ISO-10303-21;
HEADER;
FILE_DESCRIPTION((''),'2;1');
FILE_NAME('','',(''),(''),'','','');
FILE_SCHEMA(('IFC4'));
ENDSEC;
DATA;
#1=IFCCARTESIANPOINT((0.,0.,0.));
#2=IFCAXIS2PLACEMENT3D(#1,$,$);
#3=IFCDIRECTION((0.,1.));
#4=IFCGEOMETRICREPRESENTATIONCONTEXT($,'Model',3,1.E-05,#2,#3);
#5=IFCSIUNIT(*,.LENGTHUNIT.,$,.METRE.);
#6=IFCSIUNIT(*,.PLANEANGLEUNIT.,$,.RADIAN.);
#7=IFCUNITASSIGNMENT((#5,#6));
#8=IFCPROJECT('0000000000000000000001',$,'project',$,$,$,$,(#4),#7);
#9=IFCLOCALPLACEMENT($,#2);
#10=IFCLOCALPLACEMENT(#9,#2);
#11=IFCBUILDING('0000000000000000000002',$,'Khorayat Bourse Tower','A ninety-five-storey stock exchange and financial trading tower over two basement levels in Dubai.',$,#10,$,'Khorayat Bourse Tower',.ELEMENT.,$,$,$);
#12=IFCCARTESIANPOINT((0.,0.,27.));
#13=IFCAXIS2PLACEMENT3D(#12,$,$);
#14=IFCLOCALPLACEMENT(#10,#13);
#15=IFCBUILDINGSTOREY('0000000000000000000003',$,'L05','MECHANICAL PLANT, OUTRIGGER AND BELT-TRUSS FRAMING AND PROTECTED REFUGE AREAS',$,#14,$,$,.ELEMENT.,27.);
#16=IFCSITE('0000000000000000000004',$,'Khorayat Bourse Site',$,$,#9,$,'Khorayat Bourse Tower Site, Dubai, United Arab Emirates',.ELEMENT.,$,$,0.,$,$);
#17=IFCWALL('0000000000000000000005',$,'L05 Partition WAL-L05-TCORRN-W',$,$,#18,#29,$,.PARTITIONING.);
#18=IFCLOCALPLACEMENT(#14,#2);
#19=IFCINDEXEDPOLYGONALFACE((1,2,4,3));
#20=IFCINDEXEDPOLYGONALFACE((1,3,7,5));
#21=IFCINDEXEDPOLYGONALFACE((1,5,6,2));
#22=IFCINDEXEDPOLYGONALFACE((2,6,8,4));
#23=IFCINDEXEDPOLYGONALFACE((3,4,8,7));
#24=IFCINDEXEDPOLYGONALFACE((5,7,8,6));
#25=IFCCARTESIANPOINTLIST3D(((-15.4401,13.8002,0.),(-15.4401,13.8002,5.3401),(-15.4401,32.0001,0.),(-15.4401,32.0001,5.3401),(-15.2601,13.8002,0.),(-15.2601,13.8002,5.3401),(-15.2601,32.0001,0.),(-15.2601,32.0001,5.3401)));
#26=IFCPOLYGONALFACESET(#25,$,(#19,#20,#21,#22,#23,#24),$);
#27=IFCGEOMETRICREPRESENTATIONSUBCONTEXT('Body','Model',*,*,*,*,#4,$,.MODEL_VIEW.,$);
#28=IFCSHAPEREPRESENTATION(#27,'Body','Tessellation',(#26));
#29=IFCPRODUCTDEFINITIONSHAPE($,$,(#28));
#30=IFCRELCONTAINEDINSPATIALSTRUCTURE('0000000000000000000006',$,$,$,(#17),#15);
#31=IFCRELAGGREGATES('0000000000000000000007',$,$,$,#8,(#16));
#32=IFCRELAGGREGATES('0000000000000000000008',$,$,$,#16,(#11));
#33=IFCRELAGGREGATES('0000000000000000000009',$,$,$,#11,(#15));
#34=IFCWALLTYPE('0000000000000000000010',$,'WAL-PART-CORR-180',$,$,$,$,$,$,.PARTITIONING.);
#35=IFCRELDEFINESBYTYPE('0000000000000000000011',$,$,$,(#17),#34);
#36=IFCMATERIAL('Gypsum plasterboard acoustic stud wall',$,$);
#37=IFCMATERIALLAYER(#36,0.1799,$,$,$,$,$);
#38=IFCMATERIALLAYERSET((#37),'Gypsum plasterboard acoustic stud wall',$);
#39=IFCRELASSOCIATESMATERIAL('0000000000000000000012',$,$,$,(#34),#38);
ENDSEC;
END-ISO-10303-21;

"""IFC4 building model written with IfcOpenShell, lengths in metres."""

from ifc_helpers import new_model, si_unit, direction, frame, frame_2d, origin, place, context, subcontext, project, spatial, rectangle, extrude, source, transform, mapped, material, layer, layer_set, type_object, element, save


model = new_model("IFC4")

# Units and contexts
model_context = context("Model", 3, precision=1e-05, world=origin(), true_north=direction((0.0, 1.0)))
body_context = subcontext(model_context, "Body", "Model", "MODEL_VIEW")
ifc_project = project(units=[si_unit("LENGTHUNIT", "METRE"), si_unit("PLANEANGLEUNIT", "RADIAN")], contexts=[model_context])

# Site, building, storey
site_placement = place(None, origin())
site = spatial("IfcSite", under=ifc_project, at=site_placement, Name="Khorayat Bourse Site", LongName="Khorayat Bourse Tower Site, Dubai, United Arab Emirates", CompositionType="ELEMENT", RefElevation=0.0)
building_placement = place(site_placement, origin())
building = spatial("IfcBuilding", under=site, at=building_placement, Name="Khorayat Bourse Tower", Description="A ninety-five-storey stock exchange and financial trading tower over two basement levels in Dubai.", LongName="Khorayat Bourse Tower", CompositionType="ELEMENT")
storey_placement = place(building_placement, frame((0.0, 0.0, 27.0)))
storey = spatial("IfcBuildingStorey", under=building, at=storey_placement, Name="L05", Description="MECHANICAL PLANT, OUTRIGGER AND BELT-TRUSS FRAMING AND PROTECTED REFUGE AREAS", CompositionType="ELEMENT", Elevation=27.0)

# Wall
ifc_material_1 = material(Name="Gypsum plasterboard acoustic stud wall")
ifc_layer_1 = layer(ifc_material_1, 0.1799)
ifc_layer_set_1 = layer_set([ifc_layer_1], Name="Gypsum plasterboard acoustic stud wall")
wall_type_1 = type_object("IfcWallType", Name="WAL-PART-CORR-180", PredefinedType="PARTITIONING", material=ifc_layer_set_1)
shared_shape_1 = source(origin(), body_context, "Body", "SweptSolid", [
    extrude(rectangle(XDim=18.2, YDim=0.1799, at=frame_2d((9.1001, 0.0))), origin(), (0.0, 0.0, 1.0), 5.3401),
])
wall_1_placement = place(storey_placement, frame((-15.3501, 13.8, 0.0), z_axis=(0.0, 0.0, 1.0), x_axis=(0.0, 1.0, 0.0)))
element("IfcWall", 1, at=wall_1_placement, inside=storey, type_object=wall_type_1, Name="L05 Partition WAL-L05-TCORRN-W", PredefinedType="PARTITIONING", context=body_context, shape_type="MappedRepresentation", body=[
    mapped(shared_shape_1, transform((0.0, 0.0, 0.0), scale=1.0)),
])

save(model, "model.ifc")
